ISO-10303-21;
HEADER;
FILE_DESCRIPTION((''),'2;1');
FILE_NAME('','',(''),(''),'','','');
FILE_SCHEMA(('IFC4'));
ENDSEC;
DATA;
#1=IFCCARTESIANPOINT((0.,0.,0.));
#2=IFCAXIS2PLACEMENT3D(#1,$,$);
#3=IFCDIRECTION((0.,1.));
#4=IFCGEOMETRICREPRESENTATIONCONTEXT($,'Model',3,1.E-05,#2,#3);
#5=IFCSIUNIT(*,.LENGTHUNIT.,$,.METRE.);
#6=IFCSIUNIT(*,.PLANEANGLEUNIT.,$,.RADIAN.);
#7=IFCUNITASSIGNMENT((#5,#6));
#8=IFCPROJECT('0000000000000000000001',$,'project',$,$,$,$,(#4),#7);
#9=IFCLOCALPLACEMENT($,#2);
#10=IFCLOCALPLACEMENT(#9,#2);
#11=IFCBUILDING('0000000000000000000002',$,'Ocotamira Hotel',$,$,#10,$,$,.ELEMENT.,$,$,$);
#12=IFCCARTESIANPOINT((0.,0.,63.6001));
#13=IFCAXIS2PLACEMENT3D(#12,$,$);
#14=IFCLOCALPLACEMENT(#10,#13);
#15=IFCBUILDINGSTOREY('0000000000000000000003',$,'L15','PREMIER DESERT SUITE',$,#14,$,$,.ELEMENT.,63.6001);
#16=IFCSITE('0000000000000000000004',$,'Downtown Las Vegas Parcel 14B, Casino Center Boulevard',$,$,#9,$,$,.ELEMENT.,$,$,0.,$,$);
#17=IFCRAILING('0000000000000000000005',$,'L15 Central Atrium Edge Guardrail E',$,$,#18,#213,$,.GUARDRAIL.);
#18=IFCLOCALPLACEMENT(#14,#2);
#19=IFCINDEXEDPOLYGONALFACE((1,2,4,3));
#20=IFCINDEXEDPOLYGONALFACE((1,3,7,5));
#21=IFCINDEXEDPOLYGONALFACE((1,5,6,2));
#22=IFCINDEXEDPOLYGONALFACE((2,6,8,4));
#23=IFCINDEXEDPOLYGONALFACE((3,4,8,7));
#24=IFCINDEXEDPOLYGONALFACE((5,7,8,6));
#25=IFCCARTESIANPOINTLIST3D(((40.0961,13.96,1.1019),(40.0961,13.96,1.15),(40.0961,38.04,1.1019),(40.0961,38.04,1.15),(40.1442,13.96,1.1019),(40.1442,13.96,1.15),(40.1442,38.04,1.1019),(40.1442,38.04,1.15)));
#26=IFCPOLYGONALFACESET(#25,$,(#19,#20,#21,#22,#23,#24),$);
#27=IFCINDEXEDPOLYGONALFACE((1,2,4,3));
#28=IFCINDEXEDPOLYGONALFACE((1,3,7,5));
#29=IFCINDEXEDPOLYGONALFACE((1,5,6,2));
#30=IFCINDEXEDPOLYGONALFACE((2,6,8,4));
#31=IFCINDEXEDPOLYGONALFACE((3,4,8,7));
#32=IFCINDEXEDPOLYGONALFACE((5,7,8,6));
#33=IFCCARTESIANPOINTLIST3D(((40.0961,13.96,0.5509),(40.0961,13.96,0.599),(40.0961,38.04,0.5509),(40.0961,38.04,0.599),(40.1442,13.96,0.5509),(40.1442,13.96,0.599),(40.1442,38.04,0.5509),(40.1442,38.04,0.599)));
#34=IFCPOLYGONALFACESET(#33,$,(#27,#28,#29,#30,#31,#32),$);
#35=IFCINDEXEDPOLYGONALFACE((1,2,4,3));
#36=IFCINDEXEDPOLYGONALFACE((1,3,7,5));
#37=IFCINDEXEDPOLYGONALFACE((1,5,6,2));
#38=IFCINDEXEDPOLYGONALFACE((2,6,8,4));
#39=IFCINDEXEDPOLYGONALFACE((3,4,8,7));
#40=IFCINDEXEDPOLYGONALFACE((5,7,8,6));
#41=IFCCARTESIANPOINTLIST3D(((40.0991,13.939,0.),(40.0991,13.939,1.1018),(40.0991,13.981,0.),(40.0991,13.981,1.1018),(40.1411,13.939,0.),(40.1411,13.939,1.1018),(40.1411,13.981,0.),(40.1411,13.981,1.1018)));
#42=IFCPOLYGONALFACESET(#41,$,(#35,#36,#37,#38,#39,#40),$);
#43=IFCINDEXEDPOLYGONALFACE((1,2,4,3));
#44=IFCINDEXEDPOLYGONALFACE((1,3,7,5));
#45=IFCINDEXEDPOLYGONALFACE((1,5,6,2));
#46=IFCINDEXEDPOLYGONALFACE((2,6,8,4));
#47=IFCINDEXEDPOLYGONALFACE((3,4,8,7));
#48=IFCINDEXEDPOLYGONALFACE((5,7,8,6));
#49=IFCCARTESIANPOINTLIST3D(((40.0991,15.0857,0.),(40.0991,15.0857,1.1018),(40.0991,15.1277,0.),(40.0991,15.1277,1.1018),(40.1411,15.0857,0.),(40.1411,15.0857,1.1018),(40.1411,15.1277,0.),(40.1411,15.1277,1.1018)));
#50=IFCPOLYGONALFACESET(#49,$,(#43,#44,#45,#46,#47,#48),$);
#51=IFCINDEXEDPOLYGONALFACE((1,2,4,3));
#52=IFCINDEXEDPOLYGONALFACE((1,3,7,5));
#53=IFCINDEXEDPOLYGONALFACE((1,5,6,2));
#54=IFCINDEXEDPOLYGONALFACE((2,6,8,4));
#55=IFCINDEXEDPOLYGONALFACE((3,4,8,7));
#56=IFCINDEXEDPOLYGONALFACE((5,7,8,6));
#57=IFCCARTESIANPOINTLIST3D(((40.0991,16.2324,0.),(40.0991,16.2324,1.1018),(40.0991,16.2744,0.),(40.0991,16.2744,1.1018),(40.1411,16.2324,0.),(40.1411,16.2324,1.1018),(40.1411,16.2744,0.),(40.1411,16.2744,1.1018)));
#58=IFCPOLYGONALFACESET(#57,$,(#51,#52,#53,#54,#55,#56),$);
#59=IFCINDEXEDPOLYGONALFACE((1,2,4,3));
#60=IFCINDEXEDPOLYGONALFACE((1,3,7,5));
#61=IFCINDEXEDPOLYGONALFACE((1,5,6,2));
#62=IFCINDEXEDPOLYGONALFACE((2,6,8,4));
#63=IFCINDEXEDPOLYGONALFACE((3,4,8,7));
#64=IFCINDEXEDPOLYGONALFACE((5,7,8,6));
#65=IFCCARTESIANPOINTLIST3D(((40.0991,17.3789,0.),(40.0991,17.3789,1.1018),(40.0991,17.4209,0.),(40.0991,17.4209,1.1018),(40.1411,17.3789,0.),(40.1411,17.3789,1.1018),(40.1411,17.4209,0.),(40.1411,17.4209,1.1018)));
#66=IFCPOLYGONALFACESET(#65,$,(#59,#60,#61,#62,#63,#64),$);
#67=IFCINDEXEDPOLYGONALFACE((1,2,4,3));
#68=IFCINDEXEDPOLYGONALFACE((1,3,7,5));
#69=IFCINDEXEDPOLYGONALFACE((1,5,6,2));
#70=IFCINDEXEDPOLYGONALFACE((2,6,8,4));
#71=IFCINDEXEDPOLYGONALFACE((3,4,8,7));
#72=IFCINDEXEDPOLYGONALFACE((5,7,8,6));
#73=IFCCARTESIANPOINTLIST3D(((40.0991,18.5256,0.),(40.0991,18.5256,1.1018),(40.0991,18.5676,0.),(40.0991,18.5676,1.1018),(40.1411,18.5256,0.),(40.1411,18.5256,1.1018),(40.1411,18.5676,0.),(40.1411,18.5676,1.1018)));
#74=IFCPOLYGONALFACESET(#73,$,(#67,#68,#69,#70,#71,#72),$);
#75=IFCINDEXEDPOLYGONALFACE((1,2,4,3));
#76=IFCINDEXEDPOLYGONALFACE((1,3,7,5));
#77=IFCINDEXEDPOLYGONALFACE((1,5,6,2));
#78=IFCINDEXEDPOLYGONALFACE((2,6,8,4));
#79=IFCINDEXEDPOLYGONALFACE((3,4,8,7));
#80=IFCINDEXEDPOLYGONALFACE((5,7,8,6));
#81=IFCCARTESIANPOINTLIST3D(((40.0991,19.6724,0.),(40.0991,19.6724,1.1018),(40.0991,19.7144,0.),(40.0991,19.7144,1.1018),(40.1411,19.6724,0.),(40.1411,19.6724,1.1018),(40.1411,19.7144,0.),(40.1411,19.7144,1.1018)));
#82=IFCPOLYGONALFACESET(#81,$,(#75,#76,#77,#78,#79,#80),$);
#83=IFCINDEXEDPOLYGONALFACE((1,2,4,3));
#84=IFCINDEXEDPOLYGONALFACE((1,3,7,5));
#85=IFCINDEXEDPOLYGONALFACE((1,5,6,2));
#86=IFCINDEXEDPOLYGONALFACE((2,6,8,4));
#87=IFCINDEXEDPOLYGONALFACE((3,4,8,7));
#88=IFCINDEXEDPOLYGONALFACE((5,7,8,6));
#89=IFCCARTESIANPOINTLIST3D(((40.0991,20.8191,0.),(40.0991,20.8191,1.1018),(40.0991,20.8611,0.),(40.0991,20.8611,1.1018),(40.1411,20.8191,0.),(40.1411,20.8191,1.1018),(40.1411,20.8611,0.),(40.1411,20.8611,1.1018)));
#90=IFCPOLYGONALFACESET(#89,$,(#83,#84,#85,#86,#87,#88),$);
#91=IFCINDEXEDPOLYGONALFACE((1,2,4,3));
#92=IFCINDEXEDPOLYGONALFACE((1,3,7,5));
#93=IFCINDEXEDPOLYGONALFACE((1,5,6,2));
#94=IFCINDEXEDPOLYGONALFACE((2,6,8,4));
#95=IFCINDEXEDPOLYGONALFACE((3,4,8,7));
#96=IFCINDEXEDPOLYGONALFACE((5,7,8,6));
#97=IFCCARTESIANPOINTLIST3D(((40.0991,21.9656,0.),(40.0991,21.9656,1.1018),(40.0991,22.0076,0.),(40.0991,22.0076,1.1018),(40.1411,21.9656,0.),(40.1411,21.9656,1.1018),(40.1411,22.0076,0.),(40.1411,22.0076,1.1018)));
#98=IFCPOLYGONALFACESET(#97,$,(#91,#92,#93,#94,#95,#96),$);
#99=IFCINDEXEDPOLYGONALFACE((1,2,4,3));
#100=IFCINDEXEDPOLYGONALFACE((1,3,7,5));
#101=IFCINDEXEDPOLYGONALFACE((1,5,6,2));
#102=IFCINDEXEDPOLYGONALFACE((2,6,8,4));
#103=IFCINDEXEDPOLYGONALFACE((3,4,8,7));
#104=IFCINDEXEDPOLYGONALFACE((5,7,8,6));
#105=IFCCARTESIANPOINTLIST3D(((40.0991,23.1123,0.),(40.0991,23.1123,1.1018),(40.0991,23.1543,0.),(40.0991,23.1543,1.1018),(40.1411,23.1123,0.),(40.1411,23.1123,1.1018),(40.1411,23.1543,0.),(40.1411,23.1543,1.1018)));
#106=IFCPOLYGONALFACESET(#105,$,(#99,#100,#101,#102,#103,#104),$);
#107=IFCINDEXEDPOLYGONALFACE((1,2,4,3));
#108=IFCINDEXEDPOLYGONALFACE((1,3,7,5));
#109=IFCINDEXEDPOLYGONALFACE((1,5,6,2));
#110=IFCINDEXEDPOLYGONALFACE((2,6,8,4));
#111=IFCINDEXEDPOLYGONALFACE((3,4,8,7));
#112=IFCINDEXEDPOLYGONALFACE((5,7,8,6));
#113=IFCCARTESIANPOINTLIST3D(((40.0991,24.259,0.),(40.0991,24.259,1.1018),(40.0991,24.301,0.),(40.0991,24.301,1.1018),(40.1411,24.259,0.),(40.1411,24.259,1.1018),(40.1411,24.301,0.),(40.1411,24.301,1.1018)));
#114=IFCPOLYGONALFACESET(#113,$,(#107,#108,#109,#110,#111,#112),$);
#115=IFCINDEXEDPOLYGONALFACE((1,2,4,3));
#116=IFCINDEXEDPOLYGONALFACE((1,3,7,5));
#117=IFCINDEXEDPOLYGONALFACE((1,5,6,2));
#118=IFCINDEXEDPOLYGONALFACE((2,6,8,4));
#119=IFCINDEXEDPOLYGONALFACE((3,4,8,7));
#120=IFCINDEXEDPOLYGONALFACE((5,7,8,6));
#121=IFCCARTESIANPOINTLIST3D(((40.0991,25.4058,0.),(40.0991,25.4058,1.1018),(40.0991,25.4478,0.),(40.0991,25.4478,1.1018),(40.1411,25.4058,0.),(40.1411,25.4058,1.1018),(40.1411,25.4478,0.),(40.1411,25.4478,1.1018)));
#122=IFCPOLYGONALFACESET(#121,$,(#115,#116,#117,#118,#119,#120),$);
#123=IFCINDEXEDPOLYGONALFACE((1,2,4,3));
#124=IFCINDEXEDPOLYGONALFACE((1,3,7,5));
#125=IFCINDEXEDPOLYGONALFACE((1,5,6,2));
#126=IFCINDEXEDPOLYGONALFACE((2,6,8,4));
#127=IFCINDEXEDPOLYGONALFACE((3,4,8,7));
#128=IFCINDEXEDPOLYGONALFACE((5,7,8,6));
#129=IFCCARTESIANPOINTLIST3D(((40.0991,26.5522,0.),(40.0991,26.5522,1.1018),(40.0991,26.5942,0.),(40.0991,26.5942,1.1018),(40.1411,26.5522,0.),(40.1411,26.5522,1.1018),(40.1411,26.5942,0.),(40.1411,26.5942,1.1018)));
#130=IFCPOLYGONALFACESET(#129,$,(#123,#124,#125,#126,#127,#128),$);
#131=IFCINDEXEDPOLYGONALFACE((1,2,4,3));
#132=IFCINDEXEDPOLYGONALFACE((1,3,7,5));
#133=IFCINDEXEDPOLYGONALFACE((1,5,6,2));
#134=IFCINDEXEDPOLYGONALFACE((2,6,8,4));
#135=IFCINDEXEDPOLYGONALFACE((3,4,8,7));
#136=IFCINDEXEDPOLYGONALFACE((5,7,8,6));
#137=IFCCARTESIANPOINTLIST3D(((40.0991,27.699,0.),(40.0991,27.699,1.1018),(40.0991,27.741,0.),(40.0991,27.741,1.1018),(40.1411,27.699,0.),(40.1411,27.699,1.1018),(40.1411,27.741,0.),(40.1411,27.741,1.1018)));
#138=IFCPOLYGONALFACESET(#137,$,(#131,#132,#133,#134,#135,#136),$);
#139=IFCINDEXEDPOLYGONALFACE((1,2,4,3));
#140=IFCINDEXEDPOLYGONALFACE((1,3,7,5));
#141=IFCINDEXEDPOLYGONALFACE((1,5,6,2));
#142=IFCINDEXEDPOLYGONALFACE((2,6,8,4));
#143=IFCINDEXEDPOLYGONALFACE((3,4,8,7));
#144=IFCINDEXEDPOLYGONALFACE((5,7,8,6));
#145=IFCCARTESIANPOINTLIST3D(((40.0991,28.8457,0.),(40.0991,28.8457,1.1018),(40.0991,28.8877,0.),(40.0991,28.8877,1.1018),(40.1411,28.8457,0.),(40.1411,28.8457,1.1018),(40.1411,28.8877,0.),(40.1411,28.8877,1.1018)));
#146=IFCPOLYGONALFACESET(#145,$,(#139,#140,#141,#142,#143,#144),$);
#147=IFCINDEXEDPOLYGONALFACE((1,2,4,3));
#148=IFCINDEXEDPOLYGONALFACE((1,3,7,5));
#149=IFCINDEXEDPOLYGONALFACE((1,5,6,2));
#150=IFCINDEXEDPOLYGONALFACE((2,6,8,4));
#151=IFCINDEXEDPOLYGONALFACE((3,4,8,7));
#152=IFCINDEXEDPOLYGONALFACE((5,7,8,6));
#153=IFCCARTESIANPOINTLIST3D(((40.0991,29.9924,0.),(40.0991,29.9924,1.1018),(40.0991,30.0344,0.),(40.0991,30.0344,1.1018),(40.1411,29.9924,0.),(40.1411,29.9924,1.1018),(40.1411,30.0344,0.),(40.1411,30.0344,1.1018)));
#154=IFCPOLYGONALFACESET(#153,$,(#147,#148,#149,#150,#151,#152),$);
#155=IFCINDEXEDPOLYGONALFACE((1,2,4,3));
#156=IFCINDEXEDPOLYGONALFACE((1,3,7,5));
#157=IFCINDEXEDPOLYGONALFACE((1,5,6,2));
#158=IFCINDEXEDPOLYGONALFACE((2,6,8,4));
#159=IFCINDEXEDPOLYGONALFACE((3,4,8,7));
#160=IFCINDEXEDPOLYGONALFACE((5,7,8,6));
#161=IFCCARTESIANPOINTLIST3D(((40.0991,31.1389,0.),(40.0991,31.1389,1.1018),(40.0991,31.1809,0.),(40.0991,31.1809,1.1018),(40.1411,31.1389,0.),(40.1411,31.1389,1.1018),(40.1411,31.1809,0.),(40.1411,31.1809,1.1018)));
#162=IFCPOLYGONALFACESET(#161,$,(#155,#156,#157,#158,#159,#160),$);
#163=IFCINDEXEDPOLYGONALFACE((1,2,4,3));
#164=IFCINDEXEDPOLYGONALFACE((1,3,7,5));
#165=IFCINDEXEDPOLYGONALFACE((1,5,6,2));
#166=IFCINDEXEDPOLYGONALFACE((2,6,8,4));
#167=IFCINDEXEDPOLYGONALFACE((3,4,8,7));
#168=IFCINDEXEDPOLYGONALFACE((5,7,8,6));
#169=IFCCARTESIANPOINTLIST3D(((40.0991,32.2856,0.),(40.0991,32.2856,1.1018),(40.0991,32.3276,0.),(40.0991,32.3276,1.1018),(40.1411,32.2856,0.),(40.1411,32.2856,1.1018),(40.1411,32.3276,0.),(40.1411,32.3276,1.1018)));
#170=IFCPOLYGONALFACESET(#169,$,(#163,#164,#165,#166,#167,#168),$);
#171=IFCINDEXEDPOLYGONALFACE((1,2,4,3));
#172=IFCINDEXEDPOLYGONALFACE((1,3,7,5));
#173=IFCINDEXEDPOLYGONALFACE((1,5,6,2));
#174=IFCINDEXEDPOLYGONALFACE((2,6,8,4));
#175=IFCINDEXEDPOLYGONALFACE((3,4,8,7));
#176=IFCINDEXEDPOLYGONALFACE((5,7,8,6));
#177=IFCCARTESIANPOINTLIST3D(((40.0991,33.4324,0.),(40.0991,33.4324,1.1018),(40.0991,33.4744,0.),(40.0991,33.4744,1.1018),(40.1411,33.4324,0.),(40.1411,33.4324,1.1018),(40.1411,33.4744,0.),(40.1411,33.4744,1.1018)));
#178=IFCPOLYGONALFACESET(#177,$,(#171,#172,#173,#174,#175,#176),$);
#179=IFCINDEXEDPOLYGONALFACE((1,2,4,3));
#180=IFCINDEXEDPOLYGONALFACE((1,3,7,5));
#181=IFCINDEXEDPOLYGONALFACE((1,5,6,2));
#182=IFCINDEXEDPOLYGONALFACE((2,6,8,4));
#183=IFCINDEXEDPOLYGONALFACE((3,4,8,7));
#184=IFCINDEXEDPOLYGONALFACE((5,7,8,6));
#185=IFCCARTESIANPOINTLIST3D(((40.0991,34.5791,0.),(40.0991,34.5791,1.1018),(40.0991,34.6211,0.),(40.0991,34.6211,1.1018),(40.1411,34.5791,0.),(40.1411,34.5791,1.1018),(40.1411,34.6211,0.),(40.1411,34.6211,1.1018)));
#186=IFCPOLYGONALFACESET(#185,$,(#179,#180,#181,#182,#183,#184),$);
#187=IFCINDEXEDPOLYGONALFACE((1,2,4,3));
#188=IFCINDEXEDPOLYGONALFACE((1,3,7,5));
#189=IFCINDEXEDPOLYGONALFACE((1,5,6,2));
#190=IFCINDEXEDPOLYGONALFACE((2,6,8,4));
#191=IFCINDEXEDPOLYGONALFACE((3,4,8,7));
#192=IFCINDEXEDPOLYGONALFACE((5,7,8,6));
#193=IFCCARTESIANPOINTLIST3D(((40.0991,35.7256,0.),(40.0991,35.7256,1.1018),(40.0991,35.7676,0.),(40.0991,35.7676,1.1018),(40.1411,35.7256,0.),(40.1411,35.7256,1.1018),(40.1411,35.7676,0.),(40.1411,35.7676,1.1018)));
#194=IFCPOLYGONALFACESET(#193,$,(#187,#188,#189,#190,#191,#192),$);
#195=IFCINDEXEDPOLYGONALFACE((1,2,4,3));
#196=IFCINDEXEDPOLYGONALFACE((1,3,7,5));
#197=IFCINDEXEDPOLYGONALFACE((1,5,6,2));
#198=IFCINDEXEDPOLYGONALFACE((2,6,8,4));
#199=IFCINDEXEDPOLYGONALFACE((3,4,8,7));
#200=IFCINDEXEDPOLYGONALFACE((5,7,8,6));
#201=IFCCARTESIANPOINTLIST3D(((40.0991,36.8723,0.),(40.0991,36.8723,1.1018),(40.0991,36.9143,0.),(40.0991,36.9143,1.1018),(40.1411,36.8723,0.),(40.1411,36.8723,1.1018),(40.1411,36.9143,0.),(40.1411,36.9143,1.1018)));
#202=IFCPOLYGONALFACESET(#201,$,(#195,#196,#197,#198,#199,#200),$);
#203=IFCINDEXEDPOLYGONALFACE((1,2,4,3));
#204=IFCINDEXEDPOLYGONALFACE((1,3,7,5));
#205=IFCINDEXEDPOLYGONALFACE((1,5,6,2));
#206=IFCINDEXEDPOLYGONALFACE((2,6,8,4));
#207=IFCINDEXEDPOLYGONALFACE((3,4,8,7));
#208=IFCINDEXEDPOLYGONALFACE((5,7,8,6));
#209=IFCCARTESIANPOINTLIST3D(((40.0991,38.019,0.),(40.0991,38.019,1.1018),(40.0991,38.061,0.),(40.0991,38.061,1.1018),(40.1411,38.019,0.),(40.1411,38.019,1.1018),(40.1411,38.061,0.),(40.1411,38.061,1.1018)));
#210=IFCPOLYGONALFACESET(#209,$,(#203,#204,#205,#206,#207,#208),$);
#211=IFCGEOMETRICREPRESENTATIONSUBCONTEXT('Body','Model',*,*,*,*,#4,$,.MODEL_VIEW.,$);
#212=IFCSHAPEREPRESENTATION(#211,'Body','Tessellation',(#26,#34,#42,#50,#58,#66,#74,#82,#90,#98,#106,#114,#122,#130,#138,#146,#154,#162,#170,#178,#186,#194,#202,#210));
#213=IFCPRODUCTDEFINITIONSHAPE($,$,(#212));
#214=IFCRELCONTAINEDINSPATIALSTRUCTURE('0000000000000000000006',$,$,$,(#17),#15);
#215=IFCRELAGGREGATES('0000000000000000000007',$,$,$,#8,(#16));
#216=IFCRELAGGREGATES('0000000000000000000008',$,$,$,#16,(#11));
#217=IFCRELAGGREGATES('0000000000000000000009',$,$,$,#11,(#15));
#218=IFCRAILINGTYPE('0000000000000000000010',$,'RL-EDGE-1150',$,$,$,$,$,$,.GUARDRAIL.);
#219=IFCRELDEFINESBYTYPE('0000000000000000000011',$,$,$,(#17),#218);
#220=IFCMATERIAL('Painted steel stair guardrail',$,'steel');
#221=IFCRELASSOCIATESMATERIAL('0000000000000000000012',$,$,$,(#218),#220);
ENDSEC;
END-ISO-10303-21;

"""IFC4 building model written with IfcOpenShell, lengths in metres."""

from ifc_helpers import new_model, si_unit, direction, frame, origin, origin_2d, place, context, subcontext, project, spatial, rectangle, extrude, material, type_object, element, save


model = new_model("IFC4")

# Units and contexts
model_context = context("Model", 3, precision=1e-05, world=origin(), true_north=direction((0.0, 1.0)))
body_context = subcontext(model_context, "Body", "Model", "MODEL_VIEW")
ifc_project = project(units=[si_unit("LENGTHUNIT", "METRE"), si_unit("PLANEANGLEUNIT", "RADIAN")], contexts=[model_context])

# Site, building, storey
site_placement = place(None, origin())
site = spatial("IfcSite", under=ifc_project, at=site_placement, Name="Downtown Las Vegas Parcel 14B, Casino Center Boulevard", CompositionType="ELEMENT", RefElevation=0.0)
building_placement = place(site_placement, origin())
building = spatial("IfcBuilding", under=site, at=building_placement, Name="Ocotamira Hotel", CompositionType="ELEMENT")
storey_placement = place(building_placement, frame((0.0, 0.0, 63.6001)))
storey = spatial("IfcBuildingStorey", under=building, at=storey_placement, Name="L15", Description="PREMIER DESERT SUITE", CompositionType="ELEMENT", Elevation=63.6001)

# Railing
ifc_material_1 = material(Name="Painted steel stair guardrail", Category="steel")
railing_type = type_object("IfcRailingType", Name="RL-EDGE-1150", PredefinedType="GUARDRAIL", material=ifc_material_1)
railing_placement = place(storey_placement, frame((40.1201, 13.96, 0.0)))
element("IfcRailing", 1, at=railing_placement, inside=storey, type_object=railing_type, Name="L15 Central Atrium Edge Guardrail E", PredefinedType="GUARDRAIL", context=body_context, shape_type="SweptSolid", body=[
    extrude(rectangle(XDim=0.0481, YDim=0.0481, at=origin_2d()), frame((0.0, 0.0, 1.126), z_axis=(0.0, 1.0, 0.0), x_axis=(-1.0, 0.0, 0.0)), (0.0, 0.0, 1.0), 24.0801),
    extrude(rectangle(XDim=0.0481, YDim=0.0481, at=origin_2d()), frame((0.0, 0.0, 0.575), z_axis=(0.0, 1.0, 0.0), x_axis=(-1.0, 0.0, 0.0)), (0.0, 0.0, 1.0), 24.0801),
    extrude(rectangle(XDim=0.042, YDim=0.042, at=origin_2d()), origin(), (0.0, 0.0, 1.0), 1.1018),
    extrude(rectangle(XDim=0.042, YDim=0.042, at=origin_2d()), frame((0.0, 1.1467, 0.0)), (0.0, 0.0, 1.0), 1.1018),
    extrude(rectangle(XDim=0.042, YDim=0.042, at=origin_2d()), frame((0.0, 2.2935, 0.0)), (0.0, 0.0, 1.0), 1.1018),
    extrude(rectangle(XDim=0.042, YDim=0.042, at=origin_2d()), frame((0.0, 3.4399, 0.0)), (0.0, 0.0, 1.0), 1.1018),
    extrude(rectangle(XDim=0.042, YDim=0.042, at=origin_2d()), frame((0.0, 4.5867, 0.0)), (0.0, 0.0, 1.0), 1.1018),
    extrude(rectangle(XDim=0.042, YDim=0.042, at=origin_2d()), frame((0.0, 5.7334, 0.0)), (0.0, 0.0, 1.0), 1.1018),
    extrude(rectangle(XDim=0.042, YDim=0.042, at=origin_2d()), frame((0.0, 6.8801, 0.0)), (0.0, 0.0, 1.0), 1.1018),
    extrude(rectangle(XDim=0.042, YDim=0.042, at=origin_2d()), frame((0.0, 8.0266, 0.0)), (0.0, 0.0, 1.0), 1.1018),
    extrude(rectangle(XDim=0.042, YDim=0.042, at=origin_2d()), frame((0.0, 9.1733, 0.0)), (0.0, 0.0, 1.0), 1.1018),
    extrude(rectangle(XDim=0.042, YDim=0.042, at=origin_2d()), frame((0.0, 10.3201, 0.0)), (0.0, 0.0, 1.0), 1.1018),
    extrude(rectangle(XDim=0.042, YDim=0.042, at=origin_2d()), frame((0.0, 11.4668, 0.0)), (0.0, 0.0, 1.0), 1.1018),
    extrude(rectangle(XDim=0.042, YDim=0.042, at=origin_2d()), frame((0.0, 12.6133, 0.0)), (0.0, 0.0, 1.0), 1.1018),
    extrude(rectangle(XDim=0.042, YDim=0.042, at=origin_2d()), frame((0.0, 13.76, 0.0)), (0.0, 0.0, 1.0), 1.1018),
    extrude(rectangle(XDim=0.042, YDim=0.042, at=origin_2d()), frame((0.0, 14.9067, 0.0)), (0.0, 0.0, 1.0), 1.1018),
    extrude(rectangle(XDim=0.042, YDim=0.042, at=origin_2d()), frame((0.0, 16.0535, 0.0)), (0.0, 0.0, 1.0), 1.1018),
    extrude(rectangle(XDim=0.042, YDim=0.042, at=origin_2d()), frame((0.0, 17.2, 0.0)), (0.0, 0.0, 1.0), 1.1018),
    extrude(rectangle(XDim=0.042, YDim=0.042, at=origin_2d()), frame((0.0, 18.3467, 0.0)), (0.0, 0.0, 1.0), 1.1018),
    extrude(rectangle(XDim=0.042, YDim=0.042, at=origin_2d()), frame((0.0, 19.4934, 0.0)), (0.0, 0.0, 1.0), 1.1018),
    extrude(rectangle(XDim=0.042, YDim=0.042, at=origin_2d()), frame((0.0, 20.6401, 0.0)), (0.0, 0.0, 1.0), 1.1018),
    extrude(rectangle(XDim=0.042, YDim=0.042, at=origin_2d()), frame((0.0, 21.7866, 0.0)), (0.0, 0.0, 1.0), 1.1018),
    extrude(rectangle(XDim=0.042, YDim=0.042, at=origin_2d()), frame((0.0, 22.9333, 0.0)), (0.0, 0.0, 1.0), 1.1018),
    extrude(rectangle(XDim=0.042, YDim=0.042, at=origin_2d()), frame((0.0, 24.0801, 0.0)), (0.0, 0.0, 1.0), 1.1018),
])

save(model, "model.ifc")
